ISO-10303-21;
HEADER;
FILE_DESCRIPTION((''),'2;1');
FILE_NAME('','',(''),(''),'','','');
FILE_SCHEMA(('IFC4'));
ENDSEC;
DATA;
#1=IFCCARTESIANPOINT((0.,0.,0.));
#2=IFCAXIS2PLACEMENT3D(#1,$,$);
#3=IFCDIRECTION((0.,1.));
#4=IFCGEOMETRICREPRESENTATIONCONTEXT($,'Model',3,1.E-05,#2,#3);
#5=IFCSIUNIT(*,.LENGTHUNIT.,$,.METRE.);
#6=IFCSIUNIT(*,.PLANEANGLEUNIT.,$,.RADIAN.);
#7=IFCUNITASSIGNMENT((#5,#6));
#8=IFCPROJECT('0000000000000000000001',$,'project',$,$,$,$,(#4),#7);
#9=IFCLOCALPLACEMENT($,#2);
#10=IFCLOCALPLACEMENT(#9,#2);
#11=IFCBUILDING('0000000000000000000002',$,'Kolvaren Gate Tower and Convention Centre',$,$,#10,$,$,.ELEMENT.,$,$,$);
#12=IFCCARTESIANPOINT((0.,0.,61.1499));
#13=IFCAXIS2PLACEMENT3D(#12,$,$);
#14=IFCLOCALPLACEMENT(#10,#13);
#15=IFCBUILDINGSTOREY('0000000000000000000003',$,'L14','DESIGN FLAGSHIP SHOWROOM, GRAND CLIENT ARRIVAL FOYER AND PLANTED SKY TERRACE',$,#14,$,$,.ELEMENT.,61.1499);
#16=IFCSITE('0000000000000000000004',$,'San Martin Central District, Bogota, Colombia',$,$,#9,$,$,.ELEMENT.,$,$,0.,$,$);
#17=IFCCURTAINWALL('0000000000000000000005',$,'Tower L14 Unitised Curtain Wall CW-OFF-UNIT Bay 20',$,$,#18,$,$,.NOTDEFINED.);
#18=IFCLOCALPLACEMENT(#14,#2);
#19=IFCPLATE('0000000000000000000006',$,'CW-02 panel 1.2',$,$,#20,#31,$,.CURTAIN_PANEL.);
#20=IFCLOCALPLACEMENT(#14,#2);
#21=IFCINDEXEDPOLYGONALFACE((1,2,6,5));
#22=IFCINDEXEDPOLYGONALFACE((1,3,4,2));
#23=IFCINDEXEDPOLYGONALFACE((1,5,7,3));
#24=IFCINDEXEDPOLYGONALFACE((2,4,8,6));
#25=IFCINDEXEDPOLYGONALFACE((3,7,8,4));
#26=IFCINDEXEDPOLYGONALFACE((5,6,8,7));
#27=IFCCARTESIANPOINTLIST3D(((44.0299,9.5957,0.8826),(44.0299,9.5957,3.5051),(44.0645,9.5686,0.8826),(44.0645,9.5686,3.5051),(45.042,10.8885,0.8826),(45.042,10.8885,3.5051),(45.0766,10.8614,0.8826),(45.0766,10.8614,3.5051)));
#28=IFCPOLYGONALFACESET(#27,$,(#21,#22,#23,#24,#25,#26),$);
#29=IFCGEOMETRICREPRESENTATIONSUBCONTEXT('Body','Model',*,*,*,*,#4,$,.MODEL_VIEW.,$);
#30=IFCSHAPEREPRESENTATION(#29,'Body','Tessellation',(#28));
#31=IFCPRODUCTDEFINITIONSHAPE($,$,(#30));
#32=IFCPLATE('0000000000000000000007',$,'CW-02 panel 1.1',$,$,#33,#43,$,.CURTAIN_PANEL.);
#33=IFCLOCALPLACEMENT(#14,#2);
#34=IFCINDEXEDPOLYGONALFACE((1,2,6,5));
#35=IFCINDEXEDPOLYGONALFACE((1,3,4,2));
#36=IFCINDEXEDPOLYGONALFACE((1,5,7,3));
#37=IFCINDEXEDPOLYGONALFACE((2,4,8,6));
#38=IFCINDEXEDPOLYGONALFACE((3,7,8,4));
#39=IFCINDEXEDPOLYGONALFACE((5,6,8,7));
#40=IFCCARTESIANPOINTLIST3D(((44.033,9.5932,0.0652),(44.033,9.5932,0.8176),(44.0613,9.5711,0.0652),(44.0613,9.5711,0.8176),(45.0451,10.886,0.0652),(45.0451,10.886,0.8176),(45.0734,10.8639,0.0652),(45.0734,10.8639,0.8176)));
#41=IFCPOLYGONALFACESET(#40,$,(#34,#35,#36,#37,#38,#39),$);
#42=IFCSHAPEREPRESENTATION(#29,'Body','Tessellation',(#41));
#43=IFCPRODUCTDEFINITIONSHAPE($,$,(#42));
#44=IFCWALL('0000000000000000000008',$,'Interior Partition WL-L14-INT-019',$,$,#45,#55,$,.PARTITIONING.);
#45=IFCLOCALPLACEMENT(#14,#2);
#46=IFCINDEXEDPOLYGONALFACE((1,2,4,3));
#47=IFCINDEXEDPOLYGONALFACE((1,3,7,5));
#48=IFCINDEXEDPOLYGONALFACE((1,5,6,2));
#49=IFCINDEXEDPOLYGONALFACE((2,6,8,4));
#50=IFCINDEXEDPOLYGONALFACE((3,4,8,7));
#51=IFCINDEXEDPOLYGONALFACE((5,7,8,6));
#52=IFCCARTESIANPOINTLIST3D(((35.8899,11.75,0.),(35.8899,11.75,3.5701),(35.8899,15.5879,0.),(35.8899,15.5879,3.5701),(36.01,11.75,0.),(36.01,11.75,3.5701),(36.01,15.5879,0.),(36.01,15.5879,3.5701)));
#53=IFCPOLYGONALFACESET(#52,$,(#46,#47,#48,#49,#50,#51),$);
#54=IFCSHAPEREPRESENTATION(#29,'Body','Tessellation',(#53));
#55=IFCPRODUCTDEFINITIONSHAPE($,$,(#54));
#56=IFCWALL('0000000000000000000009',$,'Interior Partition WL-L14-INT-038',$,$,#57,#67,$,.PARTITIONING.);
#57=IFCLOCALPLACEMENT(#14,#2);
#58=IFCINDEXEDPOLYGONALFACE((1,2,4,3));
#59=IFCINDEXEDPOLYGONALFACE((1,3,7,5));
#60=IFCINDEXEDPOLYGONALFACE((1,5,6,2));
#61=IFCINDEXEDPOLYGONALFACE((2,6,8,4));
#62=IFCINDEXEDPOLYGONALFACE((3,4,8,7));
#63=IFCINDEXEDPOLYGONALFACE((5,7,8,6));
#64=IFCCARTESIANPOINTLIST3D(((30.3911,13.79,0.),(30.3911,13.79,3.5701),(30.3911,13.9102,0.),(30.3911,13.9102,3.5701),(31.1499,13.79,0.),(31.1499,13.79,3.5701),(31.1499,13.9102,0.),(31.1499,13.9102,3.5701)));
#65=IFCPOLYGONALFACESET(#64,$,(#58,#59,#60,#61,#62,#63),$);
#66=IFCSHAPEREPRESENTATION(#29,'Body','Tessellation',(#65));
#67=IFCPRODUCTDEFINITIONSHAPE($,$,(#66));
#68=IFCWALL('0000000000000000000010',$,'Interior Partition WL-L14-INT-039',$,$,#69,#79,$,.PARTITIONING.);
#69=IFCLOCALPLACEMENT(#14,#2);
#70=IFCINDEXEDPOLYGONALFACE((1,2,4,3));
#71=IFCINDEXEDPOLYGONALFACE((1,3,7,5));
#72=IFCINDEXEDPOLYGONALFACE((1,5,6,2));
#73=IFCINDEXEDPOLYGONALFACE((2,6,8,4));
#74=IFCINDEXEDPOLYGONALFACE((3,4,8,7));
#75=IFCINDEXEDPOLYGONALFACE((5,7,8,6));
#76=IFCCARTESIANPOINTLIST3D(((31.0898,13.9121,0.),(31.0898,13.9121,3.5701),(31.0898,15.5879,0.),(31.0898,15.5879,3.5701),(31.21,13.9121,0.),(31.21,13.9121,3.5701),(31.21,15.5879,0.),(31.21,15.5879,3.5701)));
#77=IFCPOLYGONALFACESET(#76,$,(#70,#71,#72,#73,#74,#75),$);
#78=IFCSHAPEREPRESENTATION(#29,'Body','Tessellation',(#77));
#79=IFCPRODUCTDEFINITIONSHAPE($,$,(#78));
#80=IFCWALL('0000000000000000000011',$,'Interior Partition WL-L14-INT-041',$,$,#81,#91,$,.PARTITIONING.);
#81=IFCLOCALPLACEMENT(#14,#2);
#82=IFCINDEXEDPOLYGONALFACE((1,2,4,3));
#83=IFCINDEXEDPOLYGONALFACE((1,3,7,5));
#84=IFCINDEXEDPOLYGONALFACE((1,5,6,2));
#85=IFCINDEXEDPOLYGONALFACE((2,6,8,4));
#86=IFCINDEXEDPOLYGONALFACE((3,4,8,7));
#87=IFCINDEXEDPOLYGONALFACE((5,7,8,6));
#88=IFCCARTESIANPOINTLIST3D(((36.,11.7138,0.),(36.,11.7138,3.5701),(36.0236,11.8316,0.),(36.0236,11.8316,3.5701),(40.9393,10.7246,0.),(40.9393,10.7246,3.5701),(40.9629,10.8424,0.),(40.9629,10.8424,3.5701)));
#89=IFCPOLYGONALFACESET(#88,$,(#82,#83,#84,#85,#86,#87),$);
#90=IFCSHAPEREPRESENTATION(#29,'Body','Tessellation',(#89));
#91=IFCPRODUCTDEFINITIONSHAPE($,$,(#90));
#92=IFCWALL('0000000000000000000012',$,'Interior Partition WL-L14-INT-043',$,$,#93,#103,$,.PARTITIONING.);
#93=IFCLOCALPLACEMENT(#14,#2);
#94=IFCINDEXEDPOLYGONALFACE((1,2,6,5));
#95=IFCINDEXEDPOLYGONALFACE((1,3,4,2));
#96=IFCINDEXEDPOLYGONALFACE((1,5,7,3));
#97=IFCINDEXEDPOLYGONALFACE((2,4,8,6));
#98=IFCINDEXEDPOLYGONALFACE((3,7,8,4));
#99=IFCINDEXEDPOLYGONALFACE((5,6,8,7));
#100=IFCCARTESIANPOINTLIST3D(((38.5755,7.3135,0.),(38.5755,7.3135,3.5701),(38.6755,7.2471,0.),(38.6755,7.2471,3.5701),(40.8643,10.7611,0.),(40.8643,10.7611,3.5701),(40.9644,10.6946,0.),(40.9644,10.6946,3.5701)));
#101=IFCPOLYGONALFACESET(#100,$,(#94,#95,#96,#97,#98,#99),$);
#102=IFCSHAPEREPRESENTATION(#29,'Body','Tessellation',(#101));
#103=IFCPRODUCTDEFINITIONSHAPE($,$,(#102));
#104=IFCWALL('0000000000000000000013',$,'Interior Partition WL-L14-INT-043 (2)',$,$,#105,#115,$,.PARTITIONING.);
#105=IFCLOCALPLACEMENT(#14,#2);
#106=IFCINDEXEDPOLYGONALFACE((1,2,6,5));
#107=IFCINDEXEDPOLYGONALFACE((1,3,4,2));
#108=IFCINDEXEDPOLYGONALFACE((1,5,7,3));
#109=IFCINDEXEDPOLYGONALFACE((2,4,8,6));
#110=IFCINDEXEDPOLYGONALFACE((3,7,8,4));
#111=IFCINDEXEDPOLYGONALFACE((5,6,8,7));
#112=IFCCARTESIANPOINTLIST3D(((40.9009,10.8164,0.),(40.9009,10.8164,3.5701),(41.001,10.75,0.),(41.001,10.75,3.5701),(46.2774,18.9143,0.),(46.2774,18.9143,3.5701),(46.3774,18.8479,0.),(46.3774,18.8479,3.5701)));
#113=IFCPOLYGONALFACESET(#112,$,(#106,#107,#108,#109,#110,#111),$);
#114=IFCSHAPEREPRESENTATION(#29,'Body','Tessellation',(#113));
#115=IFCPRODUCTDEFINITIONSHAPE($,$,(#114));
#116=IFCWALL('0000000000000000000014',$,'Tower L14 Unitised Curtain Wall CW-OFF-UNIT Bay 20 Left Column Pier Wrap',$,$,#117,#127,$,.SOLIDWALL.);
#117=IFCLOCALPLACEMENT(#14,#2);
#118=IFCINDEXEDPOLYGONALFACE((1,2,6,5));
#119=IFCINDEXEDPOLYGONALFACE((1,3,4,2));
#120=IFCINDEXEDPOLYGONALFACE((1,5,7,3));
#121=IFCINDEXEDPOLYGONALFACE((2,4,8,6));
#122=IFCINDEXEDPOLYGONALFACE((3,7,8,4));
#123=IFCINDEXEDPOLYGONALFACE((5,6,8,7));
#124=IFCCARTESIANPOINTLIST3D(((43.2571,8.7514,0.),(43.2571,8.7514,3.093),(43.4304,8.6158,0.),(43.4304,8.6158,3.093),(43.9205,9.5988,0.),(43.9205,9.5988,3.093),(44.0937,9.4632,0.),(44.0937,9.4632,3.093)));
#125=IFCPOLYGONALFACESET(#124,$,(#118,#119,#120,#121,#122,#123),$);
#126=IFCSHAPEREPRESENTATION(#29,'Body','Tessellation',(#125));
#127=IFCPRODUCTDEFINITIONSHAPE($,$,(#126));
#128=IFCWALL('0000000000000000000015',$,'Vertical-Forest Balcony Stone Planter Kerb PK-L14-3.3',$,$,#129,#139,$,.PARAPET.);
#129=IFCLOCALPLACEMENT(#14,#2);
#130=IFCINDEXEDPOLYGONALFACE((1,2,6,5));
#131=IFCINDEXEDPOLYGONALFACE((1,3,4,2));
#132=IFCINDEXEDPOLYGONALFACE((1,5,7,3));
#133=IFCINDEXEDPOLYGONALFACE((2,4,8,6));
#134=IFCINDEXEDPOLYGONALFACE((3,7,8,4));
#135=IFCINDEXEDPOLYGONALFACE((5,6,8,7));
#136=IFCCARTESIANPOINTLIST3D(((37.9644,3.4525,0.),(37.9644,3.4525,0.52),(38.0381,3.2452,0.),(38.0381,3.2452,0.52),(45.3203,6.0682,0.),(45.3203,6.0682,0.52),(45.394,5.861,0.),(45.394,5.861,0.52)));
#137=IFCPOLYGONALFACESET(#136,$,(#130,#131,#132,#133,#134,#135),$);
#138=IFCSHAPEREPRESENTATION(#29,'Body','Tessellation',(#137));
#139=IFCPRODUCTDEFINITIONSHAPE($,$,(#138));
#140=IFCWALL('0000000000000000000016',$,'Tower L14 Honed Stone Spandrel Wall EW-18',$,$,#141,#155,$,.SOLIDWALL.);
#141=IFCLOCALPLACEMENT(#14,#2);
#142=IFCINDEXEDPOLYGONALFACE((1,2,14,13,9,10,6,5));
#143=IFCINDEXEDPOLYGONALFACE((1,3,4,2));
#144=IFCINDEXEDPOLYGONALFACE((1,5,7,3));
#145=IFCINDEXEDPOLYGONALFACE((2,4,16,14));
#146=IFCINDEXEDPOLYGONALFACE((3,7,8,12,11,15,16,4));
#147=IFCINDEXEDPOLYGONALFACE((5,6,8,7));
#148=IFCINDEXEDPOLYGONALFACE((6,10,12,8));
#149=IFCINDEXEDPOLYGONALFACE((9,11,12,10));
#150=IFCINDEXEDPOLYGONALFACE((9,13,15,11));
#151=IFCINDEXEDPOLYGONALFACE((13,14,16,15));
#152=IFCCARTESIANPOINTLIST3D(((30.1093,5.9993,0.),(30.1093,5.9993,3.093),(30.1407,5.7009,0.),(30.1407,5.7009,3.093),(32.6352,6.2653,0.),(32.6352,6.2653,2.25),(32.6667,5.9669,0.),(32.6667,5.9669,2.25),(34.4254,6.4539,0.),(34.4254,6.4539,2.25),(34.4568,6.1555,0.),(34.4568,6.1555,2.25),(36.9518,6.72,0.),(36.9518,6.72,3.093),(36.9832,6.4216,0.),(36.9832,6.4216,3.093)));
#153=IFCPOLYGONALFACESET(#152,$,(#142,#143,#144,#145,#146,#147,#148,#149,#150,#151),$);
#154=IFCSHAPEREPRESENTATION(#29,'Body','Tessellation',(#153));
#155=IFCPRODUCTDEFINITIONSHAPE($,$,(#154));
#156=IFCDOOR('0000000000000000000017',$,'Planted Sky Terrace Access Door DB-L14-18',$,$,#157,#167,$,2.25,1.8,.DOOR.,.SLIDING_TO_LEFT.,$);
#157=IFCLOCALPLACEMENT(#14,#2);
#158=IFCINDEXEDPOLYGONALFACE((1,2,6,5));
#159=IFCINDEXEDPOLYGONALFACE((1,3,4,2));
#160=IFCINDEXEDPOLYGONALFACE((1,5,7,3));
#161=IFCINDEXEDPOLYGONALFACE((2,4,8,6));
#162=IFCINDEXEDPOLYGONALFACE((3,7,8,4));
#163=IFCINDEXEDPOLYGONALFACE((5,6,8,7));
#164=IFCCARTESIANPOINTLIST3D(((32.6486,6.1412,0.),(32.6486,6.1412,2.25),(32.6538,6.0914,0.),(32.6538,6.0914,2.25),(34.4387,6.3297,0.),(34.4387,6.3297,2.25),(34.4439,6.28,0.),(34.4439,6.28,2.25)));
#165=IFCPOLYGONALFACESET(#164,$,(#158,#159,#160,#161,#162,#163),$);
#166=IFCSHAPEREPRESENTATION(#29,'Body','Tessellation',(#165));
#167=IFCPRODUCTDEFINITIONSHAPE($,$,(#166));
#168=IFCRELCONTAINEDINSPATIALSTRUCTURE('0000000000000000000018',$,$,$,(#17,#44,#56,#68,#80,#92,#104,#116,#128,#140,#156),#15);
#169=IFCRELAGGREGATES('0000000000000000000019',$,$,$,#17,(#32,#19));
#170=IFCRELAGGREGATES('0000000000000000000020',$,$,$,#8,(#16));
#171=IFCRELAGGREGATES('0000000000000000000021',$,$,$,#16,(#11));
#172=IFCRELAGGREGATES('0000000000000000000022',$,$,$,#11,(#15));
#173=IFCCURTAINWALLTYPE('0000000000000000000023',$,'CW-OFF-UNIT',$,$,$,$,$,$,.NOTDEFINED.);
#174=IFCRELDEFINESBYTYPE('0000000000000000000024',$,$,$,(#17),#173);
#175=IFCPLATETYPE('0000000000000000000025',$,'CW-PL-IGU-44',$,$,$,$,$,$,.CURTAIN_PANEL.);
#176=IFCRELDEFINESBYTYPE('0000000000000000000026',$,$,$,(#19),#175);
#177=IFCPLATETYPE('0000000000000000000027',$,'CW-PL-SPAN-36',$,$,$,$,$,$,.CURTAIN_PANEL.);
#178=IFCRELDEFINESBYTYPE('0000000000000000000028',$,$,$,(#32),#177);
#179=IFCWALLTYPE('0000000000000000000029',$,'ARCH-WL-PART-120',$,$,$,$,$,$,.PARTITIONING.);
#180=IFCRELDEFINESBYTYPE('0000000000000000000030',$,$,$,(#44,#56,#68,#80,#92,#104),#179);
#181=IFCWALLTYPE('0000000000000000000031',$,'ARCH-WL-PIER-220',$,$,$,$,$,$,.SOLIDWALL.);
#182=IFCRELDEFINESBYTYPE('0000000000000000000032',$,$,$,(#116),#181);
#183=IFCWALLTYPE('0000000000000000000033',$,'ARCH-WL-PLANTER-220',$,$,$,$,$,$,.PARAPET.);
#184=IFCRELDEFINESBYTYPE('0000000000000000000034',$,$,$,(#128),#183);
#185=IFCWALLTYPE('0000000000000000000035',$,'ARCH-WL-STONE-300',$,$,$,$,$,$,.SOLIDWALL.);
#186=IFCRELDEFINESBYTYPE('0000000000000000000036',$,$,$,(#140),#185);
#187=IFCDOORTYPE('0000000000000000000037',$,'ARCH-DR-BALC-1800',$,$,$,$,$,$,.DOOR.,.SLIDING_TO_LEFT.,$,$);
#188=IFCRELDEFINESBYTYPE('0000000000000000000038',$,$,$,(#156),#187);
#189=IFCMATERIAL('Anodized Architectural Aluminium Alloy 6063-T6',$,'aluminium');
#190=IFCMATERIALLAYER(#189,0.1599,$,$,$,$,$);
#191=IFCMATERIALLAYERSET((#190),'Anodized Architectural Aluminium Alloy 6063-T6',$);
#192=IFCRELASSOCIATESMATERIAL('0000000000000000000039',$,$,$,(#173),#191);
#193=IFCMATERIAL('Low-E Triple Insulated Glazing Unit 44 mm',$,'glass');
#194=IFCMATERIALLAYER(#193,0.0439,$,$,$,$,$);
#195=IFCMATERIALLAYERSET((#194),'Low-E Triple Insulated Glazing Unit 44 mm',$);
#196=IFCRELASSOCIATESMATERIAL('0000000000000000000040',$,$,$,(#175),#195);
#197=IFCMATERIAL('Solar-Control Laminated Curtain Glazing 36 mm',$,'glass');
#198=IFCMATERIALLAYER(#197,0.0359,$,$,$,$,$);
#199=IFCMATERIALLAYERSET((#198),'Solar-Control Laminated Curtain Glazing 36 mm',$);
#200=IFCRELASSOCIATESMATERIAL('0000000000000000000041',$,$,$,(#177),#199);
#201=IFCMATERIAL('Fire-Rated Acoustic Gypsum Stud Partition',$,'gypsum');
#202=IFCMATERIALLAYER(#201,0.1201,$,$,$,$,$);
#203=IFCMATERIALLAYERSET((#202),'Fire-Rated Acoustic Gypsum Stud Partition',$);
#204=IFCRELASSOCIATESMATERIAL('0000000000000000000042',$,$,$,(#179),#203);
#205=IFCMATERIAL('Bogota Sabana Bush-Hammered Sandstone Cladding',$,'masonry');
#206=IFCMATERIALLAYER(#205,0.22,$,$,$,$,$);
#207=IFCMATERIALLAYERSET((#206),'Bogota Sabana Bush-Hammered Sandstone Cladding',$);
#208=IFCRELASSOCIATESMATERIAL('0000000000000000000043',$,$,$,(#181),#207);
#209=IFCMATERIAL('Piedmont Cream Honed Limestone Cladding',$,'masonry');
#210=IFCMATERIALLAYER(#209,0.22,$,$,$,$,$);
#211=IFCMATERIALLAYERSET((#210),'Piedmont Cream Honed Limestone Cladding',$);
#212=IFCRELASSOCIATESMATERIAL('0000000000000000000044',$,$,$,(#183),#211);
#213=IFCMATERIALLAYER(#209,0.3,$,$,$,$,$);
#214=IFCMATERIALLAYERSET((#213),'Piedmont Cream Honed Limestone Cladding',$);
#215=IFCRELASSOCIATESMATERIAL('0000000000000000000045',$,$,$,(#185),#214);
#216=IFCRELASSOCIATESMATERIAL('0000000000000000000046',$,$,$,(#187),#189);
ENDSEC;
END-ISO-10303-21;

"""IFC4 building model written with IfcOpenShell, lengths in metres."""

from ifc_helpers import new_model, si_unit, direction, frame, frame_2d, origin, origin_2d, place, context, subcontext, project, spatial, rectangle, extrude, material, layer, layer_set, type_object, element, fill, aggregate, save


model = new_model("IFC4")

# Units and contexts
model_context = context("Model", 3, precision=1e-05, world=origin(), true_north=direction((0.0, 1.0)))
body_context = subcontext(model_context, "Body", "Model", "MODEL_VIEW")
ifc_project = project(units=[si_unit("LENGTHUNIT", "METRE"), si_unit("PLANEANGLEUNIT", "RADIAN")], contexts=[model_context])

# Site, building, storey
site_placement = place(None, origin())
site = spatial("IfcSite", under=ifc_project, at=site_placement, Name="San Martin Central District, Bogota, Colombia", CompositionType="ELEMENT", RefElevation=0.0)
building_placement = place(site_placement, origin())
building = spatial("IfcBuilding", under=site, at=building_placement, Name="Kolvaren Gate Tower and Convention Centre", CompositionType="ELEMENT")
storey_placement = place(building_placement, frame((0.0, 0.0, 61.1499)))
storey = spatial("IfcBuildingStorey", under=building, at=storey_placement, Name="L14", Description="DESIGN FLAGSHIP SHOWROOM, GRAND CLIENT ARRIVAL FOYER AND PLANTED SKY TERRACE", CompositionType="ELEMENT", Elevation=61.1499)

# Curtain wall
ifc_material_1 = material(Name="Anodized Architectural Aluminium Alloy 6063-T6", Category="aluminium")
ifc_layer_1 = layer(ifc_material_1, 0.1599)
ifc_layer_set_1 = layer_set([ifc_layer_1], Name="Anodized Architectural Aluminium Alloy 6063-T6")
curtain_wall_type = type_object("IfcCurtainWallType", Name="CW-OFF-UNIT", PredefinedType="NOTDEFINED", material=ifc_layer_set_1)
curtain_wall_placement = place(storey_placement, origin())
curtain_wall = element("IfcCurtainWall", 1, at=curtain_wall_placement, inside=storey, type_object=curtain_wall_type, Name="Tower L14 Unitised Curtain Wall CW-OFF-UNIT Bay 20", PredefinedType="NOTDEFINED")

# Plates
ifc_material_2 = material(Name="Low-E Triple Insulated Glazing Unit 44 mm", Category="glass")
ifc_layer_2 = layer(ifc_material_2, 0.0439)
ifc_layer_set_2 = layer_set([ifc_layer_2], Name="Low-E Triple Insulated Glazing Unit 44 mm")
plate_type_1 = type_object("IfcPlateType", Name="CW-PL-IGU-44", PredefinedType="CURTAIN_PANEL", material=ifc_layer_set_2)
plate_1_placement = place(storey_placement, frame((44.5532, 10.2285, 0.8826), z_axis=(0.0, 0.0, 1.0), x_axis=(0.616434, 0.787406, 0.0)))
plate_1 = element("IfcPlate", 2, at=plate_1_placement, type_object=plate_type_1, Name="CW-02 panel 1.2", PredefinedType="CURTAIN_PANEL", context=body_context, shape_type="SweptSolid", body=[
    extrude(rectangle(XDim=1.6418, YDim=0.0439, at=origin_2d()), origin(), (0.0, 0.0, 1.0), 2.6226),
])
ifc_material_3 = material(Name="Solar-Control Laminated Curtain Glazing 36 mm", Category="glass")
ifc_layer_3 = layer(ifc_material_3, 0.0359)
ifc_layer_set_3 = layer_set([ifc_layer_3], Name="Solar-Control Laminated Curtain Glazing 36 mm")
plate_type_2 = type_object("IfcPlateType", Name="CW-PL-SPAN-36", PredefinedType="CURTAIN_PANEL", material=ifc_layer_set_3)
plate_2_placement = place(storey_placement, frame((44.5532, 10.2285, 0.0652), z_axis=(0.0, 0.0, 1.0), x_axis=(0.616434, 0.787406, 0.0)))
plate_2 = element("IfcPlate", 3, at=plate_2_placement, type_object=plate_type_2, Name="CW-02 panel 1.1", PredefinedType="CURTAIN_PANEL", context=body_context, shape_type="SweptSolid", body=[
    extrude(rectangle(XDim=1.6418, YDim=0.0359, at=origin_2d()), origin(), (0.0, 0.0, 1.0), 0.7524),
])
aggregate(curtain_wall, [plate_2, plate_1])

# Walls
ifc_material_4 = material(Name="Fire-Rated Acoustic Gypsum Stud Partition", Category="gypsum")
ifc_layer_4 = layer(ifc_material_4, 0.1201)
ifc_layer_set_4 = layer_set([ifc_layer_4], Name="Fire-Rated Acoustic Gypsum Stud Partition")
wall_type_1 = type_object("IfcWallType", Name="ARCH-WL-PART-120", PredefinedType="PARTITIONING", material=ifc_layer_set_4)
wall_1_placement = place(storey_placement, frame((35.95, 11.75, 0.0), z_axis=(0.0, 0.0, 1.0), x_axis=(0.0, 1.0, 0.0)))
element("IfcWall", 4, at=wall_1_placement, inside=storey, type_object=wall_type_1, Name="Interior Partition WL-L14-INT-019", PredefinedType="PARTITIONING", context=body_context, shape_type="SweptSolid", body=[
    extrude(rectangle(XDim=3.8379, YDim=0.1201, at=frame_2d((1.9189, 0.0))), origin(), (0.0, 0.0, 1.0), 3.5701),
])
wall_2_placement = place(storey_placement, frame((30.3911, 13.8501, 0.0), z_axis=(0.0, 0.0, 1.0), x_axis=(1.0, 0.0, 0.0)))
element("IfcWall", 5, at=wall_2_placement, inside=storey, type_object=wall_type_1, Name="Interior Partition WL-L14-INT-038", PredefinedType="PARTITIONING", context=body_context, shape_type="SweptSolid", body=[
    extrude(rectangle(XDim=0.7588, YDim=0.1201, at=frame_2d((0.3794, 0.0))), origin(), (0.0, 0.0, 1.0), 3.5701),
])
wall_3_placement = place(storey_placement, frame((31.1499, 13.9121, 0.0), z_axis=(0.0, 0.0, 1.0), x_axis=(0.0, 1.0, 0.0)))
element("IfcWall", 6, at=wall_3_placement, inside=storey, type_object=wall_type_1, Name="Interior Partition WL-L14-INT-039", PredefinedType="PARTITIONING", context=body_context, shape_type="SweptSolid", body=[
    extrude(rectangle(XDim=1.6758, YDim=0.1201, at=frame_2d((0.8379, 0.0))), origin(), (0.0, 0.0, 1.0), 3.5701),
])
wall_4_placement = place(storey_placement, frame((36.012, 11.7727, 0.0), z_axis=(0.0, 0.0, 1.0), x_axis=(0.980527, -0.196386, 0.0)))
element("IfcWall", 7, at=wall_4_placement, inside=storey, type_object=wall_type_1, Name="Interior Partition WL-L14-INT-041", PredefinedType="PARTITIONING", context=body_context, shape_type="SweptSolid", body=[
    extrude(rectangle(XDim=5.0374, YDim=0.1201, at=frame_2d((2.5186, 0.0))), origin(), (0.0, 0.0, 1.0), 3.5701),
])
wall_5_placement = place(storey_placement, frame((38.6255, 7.2803, 0.0), z_axis=(0.0, 0.0, 1.0), x_axis=(0.553106, 0.833111, 0.0)))
element("IfcWall", 8, at=wall_5_placement, inside=storey, type_object=wall_type_1, Name="Interior Partition WL-L14-INT-043", PredefinedType="PARTITIONING", context=body_context, shape_type="SweptSolid", body=[
    extrude(rectangle(XDim=4.1382, YDim=0.1201, at=frame_2d((2.0691, 0.0))), origin(), (0.0, 0.0, 1.0), 3.5701),
])
wall_6_placement = place(storey_placement, frame((40.9509, 10.7832, 0.0), z_axis=(0.0, 0.0, 1.0), x_axis=(0.553123, 0.8331, 0.0)))
element("IfcWall", 9, at=wall_6_placement, inside=storey, type_object=wall_type_1, Name="Interior Partition WL-L14-INT-043 (2)", PredefinedType="PARTITIONING", context=body_context, shape_type="SweptSolid", body=[
    extrude(rectangle(XDim=9.7202, YDim=0.1201, at=frame_2d((4.8601, 0.0))), origin(), (0.0, 0.0, 1.0), 3.5701),
])
ifc_material_5 = material(Name="Bogota Sabana Bush-Hammered Sandstone Cladding", Category="masonry")
ifc_layer_5 = layer(ifc_material_5, 0.22)
ifc_layer_set_5 = layer_set([ifc_layer_5], Name="Bogota Sabana Bush-Hammered Sandstone Cladding")
wall_type_2 = type_object("IfcWallType", Name="ARCH-WL-PIER-220", PredefinedType="SOLIDWALL", material=ifc_layer_set_5)
wall_7_placement = place(storey_placement, frame((43.3438, 8.6836, 0.0), z_axis=(0.0, 0.0, 1.0), x_axis=(0.616388, 0.787443, 0.0)))
element("IfcWall", 10, at=wall_7_placement, inside=storey, type_object=wall_type_2, Name="Tower L14 Unitised Curtain Wall CW-OFF-UNIT Bay 20 Left Column Pier Wrap", PredefinedType="SOLIDWALL", context=body_context, shape_type="SweptSolid", body=[
    extrude(rectangle(XDim=1.0762, YDim=0.22, at=frame_2d((0.5381, 0.0))), origin(), (0.0, 0.0, 1.0), 3.093),
])
ifc_material_6 = material(Name="Piedmont Cream Honed Limestone Cladding", Category="masonry")
ifc_layer_6 = layer(ifc_material_6, 0.22)
ifc_layer_set_6 = layer_set([ifc_layer_6], Name="Piedmont Cream Honed Limestone Cladding")
wall_type_3 = type_object("IfcWallType", Name="ARCH-WL-PLANTER-220", PredefinedType="PARAPET", material=ifc_layer_set_6)
wall_8_placement = place(storey_placement, frame((38.0012, 3.3489, 0.0), z_axis=(0.0, 0.0, 1.0), x_axis=(0.942204, 0.335041, 0.0)))
element("IfcWall", 11, at=wall_8_placement, inside=storey, type_object=wall_type_3, Name="Vertical-Forest Balcony Stone Planter Kerb PK-L14-3.3", PredefinedType="PARAPET", context=body_context, shape_type="SweptSolid", body=[
    extrude(rectangle(XDim=7.8071, YDim=0.22, at=frame_2d((3.9036, 0.0))), origin(), (0.0, 0.0, 1.0), 0.52),
])

# Wall, opening, door
ifc_layer_7 = layer(ifc_material_6, 0.3)
ifc_layer_set_7 = layer_set([ifc_layer_7], Name="Piedmont Cream Honed Limestone Cladding")
wall_type_4 = type_object("IfcWallType", Name="ARCH-WL-STONE-300", PredefinedType="SOLIDWALL", material=ifc_layer_set_7)
wall_9_placement = place(storey_placement, frame((30.125, 5.8501, 0.0), z_axis=(0.0, 0.0, 1.0), x_axis=(0.994499, 0.104748, 0.0)))
wall_9 = element("IfcWall", 12, at=wall_9_placement, inside=storey, type_object=wall_type_4, Name="Tower L14 Honed Stone Spandrel Wall EW-18", PredefinedType="SOLIDWALL", context=body_context, shape_type="SweptSolid", body=[
    extrude(rectangle(XDim=6.8804, YDim=0.3, at=frame_2d((3.4402, 0.0))), origin(), (0.0, 0.0, 1.0), 3.093),
])
opening_1_placement = place(wall_9_placement, frame((2.54, 0.0, 0.0)))
opening_1 = element("IfcOpeningElement", 13, at=opening_1_placement, cuts=wall_9, PredefinedType="OPENING", context=body_context, shape_type="SweptSolid", body=[
    extrude(rectangle(XDim=1.8, YDim=2.25, at=frame_2d((0.8999, 1.125))), frame((0.0, 0.1599, 0.0), z_axis=(0.0, -1.0, 0.0), x_axis=(1.0, 0.0, 0.0)), (0.0, 0.0, 1.0), 0.3201),
])
door_type = type_object("IfcDoorType", Name="ARCH-DR-BALC-1800", OperationType="SLIDING_TO_LEFT", PredefinedType="DOOR", material=ifc_material_1)
door_placement = place(opening_1_placement, frame((1.8, 0.0, 0.0), z_axis=(0.0, 0.0, 1.0), x_axis=(-1.0, 0.0, 0.0)))
door = element("IfcDoor", 14, at=door_placement, inside=storey, type_object=door_type, Name="Planted Sky Terrace Access Door DB-L14-18", OperationType="SLIDING_TO_LEFT", OverallHeight=2.25, OverallWidth=1.8, PredefinedType="DOOR", context=body_context, shape_type="SweptSolid", body=[
    extrude(rectangle(XDim=1.8, YDim=2.25, at=frame_2d((0.8999, 1.125))), frame((0.0, 0.0249, 0.0), z_axis=(0.0, -1.0, 0.0), x_axis=(1.0, 0.0, 0.0)), (0.0, 0.0, 1.0), 0.05),
])
fill(opening_1, door)

save(model, "model.ifc")
